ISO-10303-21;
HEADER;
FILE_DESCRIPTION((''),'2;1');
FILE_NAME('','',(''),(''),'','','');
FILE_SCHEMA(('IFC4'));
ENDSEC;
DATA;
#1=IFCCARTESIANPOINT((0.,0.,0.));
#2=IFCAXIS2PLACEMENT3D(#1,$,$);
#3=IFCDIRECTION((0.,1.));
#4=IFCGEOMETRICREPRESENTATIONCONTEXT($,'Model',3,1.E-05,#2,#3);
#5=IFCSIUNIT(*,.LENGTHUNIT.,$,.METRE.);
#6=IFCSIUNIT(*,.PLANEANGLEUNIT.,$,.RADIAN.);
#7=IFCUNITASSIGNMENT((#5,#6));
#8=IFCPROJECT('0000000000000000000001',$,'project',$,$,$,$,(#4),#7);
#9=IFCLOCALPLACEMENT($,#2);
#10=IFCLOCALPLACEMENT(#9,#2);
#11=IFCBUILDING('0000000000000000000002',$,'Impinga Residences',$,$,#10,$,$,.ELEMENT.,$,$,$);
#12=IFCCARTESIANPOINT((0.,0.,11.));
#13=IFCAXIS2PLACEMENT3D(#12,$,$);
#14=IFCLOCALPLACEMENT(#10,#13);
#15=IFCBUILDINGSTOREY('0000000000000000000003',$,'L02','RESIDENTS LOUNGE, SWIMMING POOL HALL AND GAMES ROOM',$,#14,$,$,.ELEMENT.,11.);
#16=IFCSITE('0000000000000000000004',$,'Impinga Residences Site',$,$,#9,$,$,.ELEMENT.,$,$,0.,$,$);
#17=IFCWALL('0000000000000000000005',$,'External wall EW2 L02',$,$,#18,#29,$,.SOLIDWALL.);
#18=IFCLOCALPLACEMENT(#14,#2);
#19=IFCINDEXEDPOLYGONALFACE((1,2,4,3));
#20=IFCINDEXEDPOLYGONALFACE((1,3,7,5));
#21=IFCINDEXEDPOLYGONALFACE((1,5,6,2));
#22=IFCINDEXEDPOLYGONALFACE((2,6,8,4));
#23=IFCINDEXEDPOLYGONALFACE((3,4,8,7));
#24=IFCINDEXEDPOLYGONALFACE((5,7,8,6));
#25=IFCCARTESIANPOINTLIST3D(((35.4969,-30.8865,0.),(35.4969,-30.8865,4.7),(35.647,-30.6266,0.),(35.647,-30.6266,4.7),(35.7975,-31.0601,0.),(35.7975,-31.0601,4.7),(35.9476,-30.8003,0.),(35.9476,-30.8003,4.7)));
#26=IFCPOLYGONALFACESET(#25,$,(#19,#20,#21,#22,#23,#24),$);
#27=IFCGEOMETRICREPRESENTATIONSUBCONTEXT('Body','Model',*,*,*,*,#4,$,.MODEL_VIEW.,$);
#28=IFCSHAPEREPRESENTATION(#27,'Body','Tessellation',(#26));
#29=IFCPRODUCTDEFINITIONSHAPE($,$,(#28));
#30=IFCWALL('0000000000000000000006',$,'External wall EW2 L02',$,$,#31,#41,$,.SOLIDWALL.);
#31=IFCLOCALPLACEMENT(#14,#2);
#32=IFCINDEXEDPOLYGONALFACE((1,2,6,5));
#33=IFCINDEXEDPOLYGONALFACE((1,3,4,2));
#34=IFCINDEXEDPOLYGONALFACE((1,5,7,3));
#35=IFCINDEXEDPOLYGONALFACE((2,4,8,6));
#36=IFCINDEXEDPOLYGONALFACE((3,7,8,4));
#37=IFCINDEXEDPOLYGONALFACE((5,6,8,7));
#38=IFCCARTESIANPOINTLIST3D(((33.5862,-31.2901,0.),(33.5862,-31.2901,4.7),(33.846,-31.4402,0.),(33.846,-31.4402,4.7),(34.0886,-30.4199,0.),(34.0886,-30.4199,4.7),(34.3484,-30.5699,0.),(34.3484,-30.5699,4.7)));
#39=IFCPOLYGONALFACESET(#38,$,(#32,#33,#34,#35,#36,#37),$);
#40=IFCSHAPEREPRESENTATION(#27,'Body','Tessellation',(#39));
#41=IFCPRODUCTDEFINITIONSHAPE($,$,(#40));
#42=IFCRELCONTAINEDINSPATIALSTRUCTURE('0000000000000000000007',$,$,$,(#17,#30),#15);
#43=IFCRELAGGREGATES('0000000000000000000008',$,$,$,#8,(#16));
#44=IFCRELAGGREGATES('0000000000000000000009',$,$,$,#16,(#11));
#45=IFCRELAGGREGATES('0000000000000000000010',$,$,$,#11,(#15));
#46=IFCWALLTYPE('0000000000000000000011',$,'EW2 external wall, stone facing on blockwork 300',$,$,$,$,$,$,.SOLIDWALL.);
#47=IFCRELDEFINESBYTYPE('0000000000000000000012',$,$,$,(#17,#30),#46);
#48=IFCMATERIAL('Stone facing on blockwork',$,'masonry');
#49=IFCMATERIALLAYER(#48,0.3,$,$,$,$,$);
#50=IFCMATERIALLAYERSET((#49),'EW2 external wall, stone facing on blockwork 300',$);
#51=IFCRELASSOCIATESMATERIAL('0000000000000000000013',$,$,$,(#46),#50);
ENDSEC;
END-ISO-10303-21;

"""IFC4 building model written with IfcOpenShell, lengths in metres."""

from ifc_helpers import new_model, si_unit, direction, frame, frame_2d, origin, place, context, subcontext, project, spatial, rectangle, extrude, material, layer, layer_set, type_object, element, save


model = new_model("IFC4")

# Units and contexts
model_context = context("Model", 3, precision=1e-05, world=origin(), true_north=direction((0.0, 1.0)))
body_context = subcontext(model_context, "Body", "Model", "MODEL_VIEW")
ifc_project = project(units=[si_unit("LENGTHUNIT", "METRE"), si_unit("PLANEANGLEUNIT", "RADIAN")], contexts=[model_context])

# Site, building, storey
site_placement = place(None, origin())
site = spatial("IfcSite", under=ifc_project, at=site_placement, Name="Impinga Residences Site", CompositionType="ELEMENT", RefElevation=0.0)
building_placement = place(site_placement, origin())
building = spatial("IfcBuilding", under=site, at=building_placement, Name="Impinga Residences", CompositionType="ELEMENT")
storey_placement = place(building_placement, frame((0.0, 0.0, 11.0)))
storey = spatial("IfcBuildingStorey", under=building, at=storey_placement, Name="L02", Description="RESIDENTS LOUNGE, SWIMMING POOL HALL AND GAMES ROOM", CompositionType="ELEMENT", Elevation=11.0)

# Shared definitions
ifc_material_1 = material(Name="Stone facing on blockwork", Category="masonry")
ifc_layer_1 = layer(ifc_material_1, 0.3)
ifc_layer_set_1 = layer_set([ifc_layer_1], Name="EW2 external wall, stone facing on blockwork 300")
wall_type = type_object("IfcWallType", Name="EW2 external wall, stone facing on blockwork 300", PredefinedType="SOLIDWALL", material=ifc_layer_set_1)

# Walls
wall_1_placement = place(storey_placement, frame((35.8726, -30.9302, 0.0), z_axis=(0.0, 0.0, 1.0), x_axis=(-0.86594, 0.500149, 0.0)))
element("IfcWall", 1, at=wall_1_placement, inside=storey, type_object=wall_type, Name="External wall EW2 L02", PredefinedType="SOLIDWALL", context=body_context, shape_type="SweptSolid", body=[
    extrude(rectangle(XDim=0.3472, YDim=0.3, at=frame_2d((0.1736, 0.0))), origin(), (0.0, 0.0, 1.0), 4.7),
])
wall_2_placement = place(storey_placement, frame((34.2185, -30.4949, 0.0), z_axis=(0.0, 0.0, 1.0), x_axis=(-0.499954, -0.866052, 0.0)))
element("IfcWall", 2, at=wall_2_placement, inside=storey, type_object=wall_type, Name="External wall EW2 L02", PredefinedType="SOLIDWALL", context=body_context, shape_type="SweptSolid", body=[
    extrude(rectangle(XDim=1.0049, YDim=0.3, at=frame_2d((0.5024, 0.0))), origin(), (0.0, 0.0, 1.0), 4.7),
])

save(model, "model.ifc")
